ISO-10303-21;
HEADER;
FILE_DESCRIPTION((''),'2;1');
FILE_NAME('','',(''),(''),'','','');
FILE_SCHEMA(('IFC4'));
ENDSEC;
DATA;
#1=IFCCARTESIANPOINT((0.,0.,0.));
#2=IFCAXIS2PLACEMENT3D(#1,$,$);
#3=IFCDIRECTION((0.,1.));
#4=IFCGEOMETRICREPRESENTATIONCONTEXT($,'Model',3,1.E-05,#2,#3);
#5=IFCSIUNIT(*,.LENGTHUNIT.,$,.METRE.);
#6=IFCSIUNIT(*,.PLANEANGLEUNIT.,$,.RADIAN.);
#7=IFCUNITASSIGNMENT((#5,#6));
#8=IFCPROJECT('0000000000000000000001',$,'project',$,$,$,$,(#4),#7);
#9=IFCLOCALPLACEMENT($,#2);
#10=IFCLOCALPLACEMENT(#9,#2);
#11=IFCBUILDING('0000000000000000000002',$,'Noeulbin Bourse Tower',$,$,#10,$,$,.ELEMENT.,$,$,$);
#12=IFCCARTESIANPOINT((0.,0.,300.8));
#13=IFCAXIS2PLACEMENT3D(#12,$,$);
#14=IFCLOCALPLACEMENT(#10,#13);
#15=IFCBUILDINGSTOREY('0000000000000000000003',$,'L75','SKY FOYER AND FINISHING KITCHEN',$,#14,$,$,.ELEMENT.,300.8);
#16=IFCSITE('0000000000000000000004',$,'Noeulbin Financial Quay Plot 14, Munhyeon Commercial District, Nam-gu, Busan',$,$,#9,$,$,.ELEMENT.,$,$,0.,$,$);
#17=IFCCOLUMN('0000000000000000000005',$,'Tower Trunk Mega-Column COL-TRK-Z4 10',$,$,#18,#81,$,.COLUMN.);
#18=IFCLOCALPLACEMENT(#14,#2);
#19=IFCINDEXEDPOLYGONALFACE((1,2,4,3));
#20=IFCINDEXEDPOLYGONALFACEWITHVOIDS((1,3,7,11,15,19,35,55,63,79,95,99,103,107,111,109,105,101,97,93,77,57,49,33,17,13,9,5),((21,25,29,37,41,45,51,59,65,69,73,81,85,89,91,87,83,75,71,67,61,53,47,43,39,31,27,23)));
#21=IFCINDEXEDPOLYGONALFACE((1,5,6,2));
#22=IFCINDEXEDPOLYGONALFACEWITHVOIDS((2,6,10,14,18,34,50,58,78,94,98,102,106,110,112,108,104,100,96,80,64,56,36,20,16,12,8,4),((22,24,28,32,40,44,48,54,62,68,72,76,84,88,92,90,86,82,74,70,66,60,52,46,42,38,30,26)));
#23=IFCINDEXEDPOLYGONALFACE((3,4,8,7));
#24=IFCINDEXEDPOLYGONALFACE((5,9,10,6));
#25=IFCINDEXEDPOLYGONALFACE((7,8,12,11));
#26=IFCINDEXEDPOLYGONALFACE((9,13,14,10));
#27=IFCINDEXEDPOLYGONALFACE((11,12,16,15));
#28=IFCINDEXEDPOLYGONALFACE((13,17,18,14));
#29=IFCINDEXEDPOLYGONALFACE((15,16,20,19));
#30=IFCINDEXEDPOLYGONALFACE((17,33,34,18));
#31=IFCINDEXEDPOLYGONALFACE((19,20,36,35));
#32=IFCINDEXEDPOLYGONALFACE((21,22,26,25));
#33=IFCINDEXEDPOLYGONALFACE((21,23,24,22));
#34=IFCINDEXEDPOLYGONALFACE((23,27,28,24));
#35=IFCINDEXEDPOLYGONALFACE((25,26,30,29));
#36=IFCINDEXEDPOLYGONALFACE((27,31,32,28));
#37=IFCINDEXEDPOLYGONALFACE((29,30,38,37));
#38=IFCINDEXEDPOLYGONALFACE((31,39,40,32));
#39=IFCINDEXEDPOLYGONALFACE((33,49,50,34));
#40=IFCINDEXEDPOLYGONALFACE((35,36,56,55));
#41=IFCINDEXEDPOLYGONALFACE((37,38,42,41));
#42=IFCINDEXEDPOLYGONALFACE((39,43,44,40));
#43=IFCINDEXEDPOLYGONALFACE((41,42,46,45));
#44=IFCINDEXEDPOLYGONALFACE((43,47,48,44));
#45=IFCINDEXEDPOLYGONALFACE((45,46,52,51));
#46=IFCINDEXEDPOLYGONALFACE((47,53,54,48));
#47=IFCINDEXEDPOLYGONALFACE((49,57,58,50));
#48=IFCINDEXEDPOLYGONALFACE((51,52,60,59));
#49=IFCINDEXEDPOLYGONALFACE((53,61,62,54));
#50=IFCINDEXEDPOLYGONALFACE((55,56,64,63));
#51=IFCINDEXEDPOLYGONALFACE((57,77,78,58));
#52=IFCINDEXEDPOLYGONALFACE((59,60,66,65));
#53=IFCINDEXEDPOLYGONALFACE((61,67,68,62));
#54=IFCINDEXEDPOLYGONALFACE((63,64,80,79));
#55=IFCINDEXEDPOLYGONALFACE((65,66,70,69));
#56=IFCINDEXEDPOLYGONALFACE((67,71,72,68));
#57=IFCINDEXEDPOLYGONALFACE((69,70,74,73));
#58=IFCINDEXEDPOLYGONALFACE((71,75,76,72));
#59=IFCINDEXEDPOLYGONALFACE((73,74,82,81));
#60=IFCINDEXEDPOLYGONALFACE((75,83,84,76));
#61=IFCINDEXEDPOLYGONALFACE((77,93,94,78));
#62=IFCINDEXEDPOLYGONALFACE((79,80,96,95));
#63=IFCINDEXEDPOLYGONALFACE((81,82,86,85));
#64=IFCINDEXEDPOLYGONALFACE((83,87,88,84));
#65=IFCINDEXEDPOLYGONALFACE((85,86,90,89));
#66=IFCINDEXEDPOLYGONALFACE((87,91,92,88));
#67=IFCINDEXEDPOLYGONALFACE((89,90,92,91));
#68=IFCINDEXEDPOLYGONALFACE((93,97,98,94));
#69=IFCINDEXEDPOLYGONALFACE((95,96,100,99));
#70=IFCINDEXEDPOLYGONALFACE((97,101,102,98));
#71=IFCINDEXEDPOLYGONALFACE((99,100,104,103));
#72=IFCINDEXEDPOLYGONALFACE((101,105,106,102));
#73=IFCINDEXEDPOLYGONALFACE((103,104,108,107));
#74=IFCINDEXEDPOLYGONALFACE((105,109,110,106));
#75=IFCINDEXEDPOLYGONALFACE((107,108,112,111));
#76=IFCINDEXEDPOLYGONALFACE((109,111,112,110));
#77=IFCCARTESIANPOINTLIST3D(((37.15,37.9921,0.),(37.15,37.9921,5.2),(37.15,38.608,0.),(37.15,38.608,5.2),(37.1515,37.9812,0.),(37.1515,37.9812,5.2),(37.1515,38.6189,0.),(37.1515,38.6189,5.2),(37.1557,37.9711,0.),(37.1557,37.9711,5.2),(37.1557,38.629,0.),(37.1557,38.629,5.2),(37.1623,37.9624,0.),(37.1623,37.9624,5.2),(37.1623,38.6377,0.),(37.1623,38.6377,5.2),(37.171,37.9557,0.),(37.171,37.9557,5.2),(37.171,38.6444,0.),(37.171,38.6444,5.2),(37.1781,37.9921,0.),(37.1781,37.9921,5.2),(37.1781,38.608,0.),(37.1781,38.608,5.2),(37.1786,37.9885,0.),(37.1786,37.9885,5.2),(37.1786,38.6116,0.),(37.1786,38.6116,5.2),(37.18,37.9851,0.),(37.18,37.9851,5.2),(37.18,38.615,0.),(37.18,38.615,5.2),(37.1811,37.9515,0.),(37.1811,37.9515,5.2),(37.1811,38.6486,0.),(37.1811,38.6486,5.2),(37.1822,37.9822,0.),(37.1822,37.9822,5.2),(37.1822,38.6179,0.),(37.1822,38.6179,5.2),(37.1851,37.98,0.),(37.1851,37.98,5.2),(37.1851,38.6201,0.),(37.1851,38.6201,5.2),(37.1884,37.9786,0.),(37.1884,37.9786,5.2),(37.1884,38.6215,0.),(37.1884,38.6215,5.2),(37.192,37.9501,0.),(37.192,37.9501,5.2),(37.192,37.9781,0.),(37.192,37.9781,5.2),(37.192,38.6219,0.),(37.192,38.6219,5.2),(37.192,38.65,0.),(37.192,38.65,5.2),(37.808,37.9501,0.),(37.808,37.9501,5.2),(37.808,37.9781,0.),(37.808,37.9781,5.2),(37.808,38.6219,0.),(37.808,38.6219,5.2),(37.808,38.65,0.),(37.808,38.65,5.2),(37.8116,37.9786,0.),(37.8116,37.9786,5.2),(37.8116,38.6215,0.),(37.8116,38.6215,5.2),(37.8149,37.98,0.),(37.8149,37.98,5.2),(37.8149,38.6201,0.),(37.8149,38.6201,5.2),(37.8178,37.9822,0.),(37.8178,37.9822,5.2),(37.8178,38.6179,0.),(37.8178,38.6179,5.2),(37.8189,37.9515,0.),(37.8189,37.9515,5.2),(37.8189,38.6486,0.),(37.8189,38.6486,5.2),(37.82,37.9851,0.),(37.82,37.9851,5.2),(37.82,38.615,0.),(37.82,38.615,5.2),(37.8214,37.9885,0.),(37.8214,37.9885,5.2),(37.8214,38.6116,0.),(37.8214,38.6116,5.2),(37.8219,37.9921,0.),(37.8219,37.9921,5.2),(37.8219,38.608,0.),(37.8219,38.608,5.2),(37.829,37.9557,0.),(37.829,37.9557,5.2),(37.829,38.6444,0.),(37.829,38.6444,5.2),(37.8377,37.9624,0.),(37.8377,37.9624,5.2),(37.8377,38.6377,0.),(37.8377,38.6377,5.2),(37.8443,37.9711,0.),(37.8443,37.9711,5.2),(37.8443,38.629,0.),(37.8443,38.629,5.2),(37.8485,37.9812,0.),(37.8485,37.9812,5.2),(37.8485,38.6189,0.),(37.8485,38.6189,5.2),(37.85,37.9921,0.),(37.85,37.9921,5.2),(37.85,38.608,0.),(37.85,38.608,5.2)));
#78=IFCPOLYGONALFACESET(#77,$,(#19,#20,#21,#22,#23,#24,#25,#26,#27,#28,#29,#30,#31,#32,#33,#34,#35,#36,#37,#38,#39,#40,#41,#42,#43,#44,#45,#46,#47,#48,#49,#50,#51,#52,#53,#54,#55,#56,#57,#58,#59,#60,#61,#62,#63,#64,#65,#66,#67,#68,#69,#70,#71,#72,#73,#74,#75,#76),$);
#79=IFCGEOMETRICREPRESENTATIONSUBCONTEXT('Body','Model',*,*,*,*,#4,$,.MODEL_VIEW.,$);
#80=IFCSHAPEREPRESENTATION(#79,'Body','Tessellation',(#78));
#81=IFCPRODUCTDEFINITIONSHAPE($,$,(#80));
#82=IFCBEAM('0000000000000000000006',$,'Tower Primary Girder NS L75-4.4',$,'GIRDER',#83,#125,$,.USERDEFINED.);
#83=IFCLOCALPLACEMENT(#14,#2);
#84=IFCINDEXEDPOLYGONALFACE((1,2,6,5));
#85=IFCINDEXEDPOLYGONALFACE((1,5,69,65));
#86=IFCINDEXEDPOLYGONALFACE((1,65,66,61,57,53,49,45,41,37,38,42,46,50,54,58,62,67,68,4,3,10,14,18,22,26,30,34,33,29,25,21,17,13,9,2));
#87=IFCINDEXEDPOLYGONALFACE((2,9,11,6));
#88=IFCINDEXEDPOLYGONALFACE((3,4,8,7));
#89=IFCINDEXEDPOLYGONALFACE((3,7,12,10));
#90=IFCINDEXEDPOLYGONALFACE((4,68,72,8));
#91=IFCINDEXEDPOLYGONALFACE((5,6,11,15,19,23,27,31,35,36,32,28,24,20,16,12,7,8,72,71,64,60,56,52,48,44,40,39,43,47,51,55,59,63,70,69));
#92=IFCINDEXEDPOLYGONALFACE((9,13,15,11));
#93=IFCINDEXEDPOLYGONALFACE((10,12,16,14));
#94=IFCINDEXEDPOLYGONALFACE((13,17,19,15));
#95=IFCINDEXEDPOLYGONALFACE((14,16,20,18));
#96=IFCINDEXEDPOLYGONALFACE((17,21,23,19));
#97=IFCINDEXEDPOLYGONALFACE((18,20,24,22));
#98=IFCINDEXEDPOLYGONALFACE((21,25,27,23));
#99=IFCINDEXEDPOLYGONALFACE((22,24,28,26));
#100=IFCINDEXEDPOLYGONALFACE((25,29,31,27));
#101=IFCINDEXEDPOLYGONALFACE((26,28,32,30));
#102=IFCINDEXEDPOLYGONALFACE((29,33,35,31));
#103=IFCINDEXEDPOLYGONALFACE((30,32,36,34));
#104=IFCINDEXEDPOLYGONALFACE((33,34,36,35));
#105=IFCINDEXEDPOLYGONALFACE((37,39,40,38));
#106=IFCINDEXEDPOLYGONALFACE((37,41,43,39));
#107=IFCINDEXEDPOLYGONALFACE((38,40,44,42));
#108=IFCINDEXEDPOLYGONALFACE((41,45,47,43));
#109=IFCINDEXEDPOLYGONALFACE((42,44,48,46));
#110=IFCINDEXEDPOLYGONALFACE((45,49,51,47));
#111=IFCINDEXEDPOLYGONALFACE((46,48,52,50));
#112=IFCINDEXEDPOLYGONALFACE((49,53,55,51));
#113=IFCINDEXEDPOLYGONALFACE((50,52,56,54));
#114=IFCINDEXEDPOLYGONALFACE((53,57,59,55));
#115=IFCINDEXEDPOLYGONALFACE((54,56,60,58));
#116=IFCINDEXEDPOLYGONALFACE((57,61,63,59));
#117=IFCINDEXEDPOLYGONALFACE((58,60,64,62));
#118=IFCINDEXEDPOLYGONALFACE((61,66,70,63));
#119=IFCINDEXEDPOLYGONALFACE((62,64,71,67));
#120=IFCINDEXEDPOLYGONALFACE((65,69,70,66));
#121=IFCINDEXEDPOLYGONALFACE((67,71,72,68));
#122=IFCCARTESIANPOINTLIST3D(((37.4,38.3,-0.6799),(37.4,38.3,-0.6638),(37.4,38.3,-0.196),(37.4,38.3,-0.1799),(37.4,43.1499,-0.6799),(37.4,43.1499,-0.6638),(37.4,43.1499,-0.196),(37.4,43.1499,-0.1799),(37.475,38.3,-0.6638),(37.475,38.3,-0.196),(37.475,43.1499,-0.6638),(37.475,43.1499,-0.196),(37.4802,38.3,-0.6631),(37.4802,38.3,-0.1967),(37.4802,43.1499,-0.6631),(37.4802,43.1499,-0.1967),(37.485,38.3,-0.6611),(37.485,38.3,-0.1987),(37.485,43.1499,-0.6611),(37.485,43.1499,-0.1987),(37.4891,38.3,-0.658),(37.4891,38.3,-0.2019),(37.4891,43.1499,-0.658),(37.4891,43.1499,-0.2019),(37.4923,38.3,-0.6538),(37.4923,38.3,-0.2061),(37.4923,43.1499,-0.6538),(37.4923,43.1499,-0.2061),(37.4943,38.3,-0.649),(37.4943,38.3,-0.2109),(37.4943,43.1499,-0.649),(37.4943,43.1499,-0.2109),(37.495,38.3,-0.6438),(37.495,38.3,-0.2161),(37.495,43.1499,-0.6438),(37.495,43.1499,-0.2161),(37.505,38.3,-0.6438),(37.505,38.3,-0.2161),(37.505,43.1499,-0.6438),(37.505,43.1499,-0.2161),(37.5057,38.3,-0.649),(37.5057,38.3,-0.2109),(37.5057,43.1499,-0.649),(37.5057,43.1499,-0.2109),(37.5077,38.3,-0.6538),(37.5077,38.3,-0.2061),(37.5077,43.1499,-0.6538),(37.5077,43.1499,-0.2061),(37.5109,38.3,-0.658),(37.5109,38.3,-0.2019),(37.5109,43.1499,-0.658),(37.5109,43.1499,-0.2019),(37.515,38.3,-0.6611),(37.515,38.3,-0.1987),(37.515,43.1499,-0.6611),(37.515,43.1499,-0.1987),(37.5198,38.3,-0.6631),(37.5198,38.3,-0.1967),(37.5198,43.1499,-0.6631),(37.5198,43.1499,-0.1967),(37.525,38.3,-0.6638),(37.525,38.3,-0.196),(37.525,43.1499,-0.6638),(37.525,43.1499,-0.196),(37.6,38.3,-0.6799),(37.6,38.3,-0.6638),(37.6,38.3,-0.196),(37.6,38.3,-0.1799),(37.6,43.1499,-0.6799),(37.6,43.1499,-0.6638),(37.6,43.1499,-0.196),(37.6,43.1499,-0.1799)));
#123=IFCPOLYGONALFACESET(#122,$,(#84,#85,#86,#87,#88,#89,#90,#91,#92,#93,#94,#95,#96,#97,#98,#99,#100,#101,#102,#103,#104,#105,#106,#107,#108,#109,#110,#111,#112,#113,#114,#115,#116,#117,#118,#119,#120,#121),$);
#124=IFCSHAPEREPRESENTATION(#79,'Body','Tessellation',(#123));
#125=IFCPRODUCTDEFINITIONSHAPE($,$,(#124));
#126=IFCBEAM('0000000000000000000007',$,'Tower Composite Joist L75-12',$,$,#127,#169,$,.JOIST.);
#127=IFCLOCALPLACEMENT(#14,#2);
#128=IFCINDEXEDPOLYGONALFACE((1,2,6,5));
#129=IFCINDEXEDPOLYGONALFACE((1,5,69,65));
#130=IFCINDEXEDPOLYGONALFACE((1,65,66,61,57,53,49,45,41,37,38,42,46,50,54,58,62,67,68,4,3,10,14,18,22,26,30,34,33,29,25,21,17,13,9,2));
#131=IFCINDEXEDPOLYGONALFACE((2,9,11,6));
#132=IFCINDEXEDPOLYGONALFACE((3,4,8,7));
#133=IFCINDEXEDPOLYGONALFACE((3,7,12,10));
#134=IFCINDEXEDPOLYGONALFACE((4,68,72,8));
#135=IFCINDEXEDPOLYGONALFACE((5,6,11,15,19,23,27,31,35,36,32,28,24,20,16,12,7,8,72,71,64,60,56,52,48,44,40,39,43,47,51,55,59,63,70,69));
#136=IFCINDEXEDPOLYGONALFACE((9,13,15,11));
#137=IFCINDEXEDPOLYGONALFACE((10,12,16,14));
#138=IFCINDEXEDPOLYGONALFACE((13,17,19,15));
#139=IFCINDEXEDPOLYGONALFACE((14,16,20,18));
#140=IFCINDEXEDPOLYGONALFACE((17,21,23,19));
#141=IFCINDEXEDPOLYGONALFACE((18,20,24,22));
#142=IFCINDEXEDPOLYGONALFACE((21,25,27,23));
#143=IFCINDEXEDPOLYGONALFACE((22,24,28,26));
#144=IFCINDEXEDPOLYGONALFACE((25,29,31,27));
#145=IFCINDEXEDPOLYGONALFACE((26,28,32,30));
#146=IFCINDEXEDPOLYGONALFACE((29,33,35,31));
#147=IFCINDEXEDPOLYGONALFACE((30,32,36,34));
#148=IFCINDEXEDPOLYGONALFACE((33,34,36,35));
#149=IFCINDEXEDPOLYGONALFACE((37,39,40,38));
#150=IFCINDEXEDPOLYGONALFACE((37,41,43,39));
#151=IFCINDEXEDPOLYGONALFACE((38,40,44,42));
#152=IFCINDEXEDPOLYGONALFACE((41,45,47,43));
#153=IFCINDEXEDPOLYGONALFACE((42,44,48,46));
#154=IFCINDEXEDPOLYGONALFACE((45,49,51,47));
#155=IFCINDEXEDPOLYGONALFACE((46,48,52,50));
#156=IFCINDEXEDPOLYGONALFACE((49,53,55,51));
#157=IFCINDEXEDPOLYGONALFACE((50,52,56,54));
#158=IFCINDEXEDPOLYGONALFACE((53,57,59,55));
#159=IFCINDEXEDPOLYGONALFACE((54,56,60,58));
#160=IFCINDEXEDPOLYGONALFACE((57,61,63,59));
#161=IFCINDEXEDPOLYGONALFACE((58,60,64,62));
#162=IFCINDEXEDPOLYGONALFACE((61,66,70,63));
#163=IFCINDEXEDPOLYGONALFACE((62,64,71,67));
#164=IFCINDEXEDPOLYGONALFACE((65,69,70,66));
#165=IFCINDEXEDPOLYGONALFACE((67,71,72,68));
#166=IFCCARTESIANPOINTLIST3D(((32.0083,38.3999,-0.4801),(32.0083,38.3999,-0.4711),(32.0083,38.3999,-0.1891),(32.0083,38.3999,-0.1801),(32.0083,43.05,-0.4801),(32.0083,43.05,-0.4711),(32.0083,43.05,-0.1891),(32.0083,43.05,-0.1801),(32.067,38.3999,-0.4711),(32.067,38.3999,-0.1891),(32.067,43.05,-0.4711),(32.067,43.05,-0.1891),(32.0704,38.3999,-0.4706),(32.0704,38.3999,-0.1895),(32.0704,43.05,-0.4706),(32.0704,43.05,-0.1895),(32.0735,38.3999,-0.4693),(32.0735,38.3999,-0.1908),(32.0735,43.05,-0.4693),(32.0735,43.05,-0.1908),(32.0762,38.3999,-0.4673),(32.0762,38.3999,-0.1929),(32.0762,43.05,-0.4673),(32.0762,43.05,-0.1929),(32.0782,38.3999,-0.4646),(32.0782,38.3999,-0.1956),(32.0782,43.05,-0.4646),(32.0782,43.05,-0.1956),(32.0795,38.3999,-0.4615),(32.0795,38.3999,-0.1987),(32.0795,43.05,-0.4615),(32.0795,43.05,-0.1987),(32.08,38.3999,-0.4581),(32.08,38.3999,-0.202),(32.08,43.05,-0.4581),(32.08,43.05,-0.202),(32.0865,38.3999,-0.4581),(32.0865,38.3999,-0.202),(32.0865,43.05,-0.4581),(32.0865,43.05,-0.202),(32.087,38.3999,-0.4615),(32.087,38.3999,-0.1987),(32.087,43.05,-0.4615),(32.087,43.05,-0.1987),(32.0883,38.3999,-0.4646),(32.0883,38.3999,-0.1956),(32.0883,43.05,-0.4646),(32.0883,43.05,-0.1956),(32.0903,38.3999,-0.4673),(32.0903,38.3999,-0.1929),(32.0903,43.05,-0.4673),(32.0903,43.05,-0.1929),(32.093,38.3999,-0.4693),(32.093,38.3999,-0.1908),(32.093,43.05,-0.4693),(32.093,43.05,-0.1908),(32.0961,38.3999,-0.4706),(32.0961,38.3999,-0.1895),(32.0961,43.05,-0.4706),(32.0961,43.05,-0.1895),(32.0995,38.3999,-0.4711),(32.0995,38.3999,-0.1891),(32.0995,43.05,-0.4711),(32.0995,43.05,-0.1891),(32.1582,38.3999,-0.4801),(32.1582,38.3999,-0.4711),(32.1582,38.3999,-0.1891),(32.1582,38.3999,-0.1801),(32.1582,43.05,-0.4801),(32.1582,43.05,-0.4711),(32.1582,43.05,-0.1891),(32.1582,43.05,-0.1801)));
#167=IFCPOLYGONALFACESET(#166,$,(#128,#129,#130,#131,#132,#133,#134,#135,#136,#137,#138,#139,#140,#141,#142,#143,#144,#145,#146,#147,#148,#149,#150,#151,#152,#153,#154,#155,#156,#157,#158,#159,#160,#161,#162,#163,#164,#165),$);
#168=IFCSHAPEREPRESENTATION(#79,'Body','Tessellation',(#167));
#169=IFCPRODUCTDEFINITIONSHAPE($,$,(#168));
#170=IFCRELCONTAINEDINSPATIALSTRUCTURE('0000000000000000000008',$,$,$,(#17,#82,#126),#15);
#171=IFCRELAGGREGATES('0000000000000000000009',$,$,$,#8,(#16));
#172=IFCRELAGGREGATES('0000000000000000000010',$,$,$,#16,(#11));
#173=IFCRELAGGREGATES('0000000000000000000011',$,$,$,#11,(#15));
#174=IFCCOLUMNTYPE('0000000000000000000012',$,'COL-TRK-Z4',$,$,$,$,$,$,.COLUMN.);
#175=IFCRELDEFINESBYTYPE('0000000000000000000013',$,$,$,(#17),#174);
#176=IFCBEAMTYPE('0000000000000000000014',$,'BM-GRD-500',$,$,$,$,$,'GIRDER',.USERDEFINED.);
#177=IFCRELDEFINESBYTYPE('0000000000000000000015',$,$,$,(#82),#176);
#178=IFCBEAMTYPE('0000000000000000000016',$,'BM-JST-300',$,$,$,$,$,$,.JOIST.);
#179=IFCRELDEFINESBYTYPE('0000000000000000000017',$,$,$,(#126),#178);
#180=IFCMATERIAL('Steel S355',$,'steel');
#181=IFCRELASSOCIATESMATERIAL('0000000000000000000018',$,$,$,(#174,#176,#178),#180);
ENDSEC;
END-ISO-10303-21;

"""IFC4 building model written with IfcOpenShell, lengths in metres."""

from ifc_helpers import new_model, si_unit, direction, frame, origin, origin_2d, place, context, subcontext, project, spatial, hollow_rectangle, i_section, extrude, material, material_profile, profile_set, type_object, element, save


model = new_model("IFC4")

# Units and contexts
model_context = context("Model", 3, precision=1e-05, world=origin(), true_north=direction((0.0, 1.0)))
body_context = subcontext(model_context, "Body", "Model", "MODEL_VIEW")
ifc_project = project(units=[si_unit("LENGTHUNIT", "METRE"), si_unit("PLANEANGLEUNIT", "RADIAN")], contexts=[model_context])

# Site, building, storey
site_placement = place(None, origin())
site = spatial("IfcSite", under=ifc_project, at=site_placement, Name="Noeulbin Financial Quay Plot 14, Munhyeon Commercial District, Nam-gu, Busan", CompositionType="ELEMENT", RefElevation=0.0)
building_placement = place(site_placement, origin())
building = spatial("IfcBuilding", under=site, at=building_placement, Name="Noeulbin Bourse Tower", CompositionType="ELEMENT")
storey_placement = place(building_placement, frame((0.0, 0.0, 300.8)))
storey = spatial("IfcBuildingStorey", under=building, at=storey_placement, Name="L75", Description="SKY FOYER AND FINISHING KITCHEN", CompositionType="ELEMENT", Elevation=300.8)

# Column
ifc_material_1 = material(Name="Steel S355", Category="steel")
ifc_material_profile_1 = material_profile(ifc_material_1, hollow_rectangle(XDim=0.7, YDim=0.7, WallThickness=0.0281, InnerFilletRadius=0.0139, OuterFilletRadius=0.042, at=origin_2d()), Name="BOX-700x700x28", Category="LoadBearing")
ifc_profile_set_1 = profile_set([ifc_material_profile_1], Name="Steel S355")
column_type = type_object("IfcColumnType", Name="COL-TRK-Z4", PredefinedType="COLUMN", material=ifc_profile_set_1)
column_placement = place(storey_placement, frame((37.5, 38.3, 0.0), z_axis=(0.0, 0.0, 1.0), x_axis=(1.0, 0.0, 0.0)))
element("IfcColumn", 1, at=column_placement, inside=storey, type_object=column_type, Name="Tower Trunk Mega-Column COL-TRK-Z4 10", PredefinedType="COLUMN", context=body_context, shape_type="SweptSolid", body=[
    extrude(hollow_rectangle(XDim=0.7, YDim=0.7, WallThickness=0.0281, InnerFilletRadius=0.0139, OuterFilletRadius=0.042, at=origin_2d()), origin(), (0.0, 0.0, 1.0), 5.2),
])

# Beams
ifc_material_profile_2 = material_profile(ifc_material_1, i_section(OverallWidth=0.2, OverallDepth=0.5, WebThickness=0.01, FlangeThickness=0.0161, FilletRadius=0.02, at=origin_2d()), Name="H-500x200x10x16", Category="LoadBearing")
ifc_profile_set_2 = profile_set([ifc_material_profile_2], Name="Steel S355")
beam_type_1 = type_object("IfcBeamType", Name="BM-GRD-500", ElementType="GIRDER", PredefinedType="USERDEFINED", material=ifc_profile_set_2)
beam_1_placement = place(storey_placement, frame((37.5, 38.3, -0.4299), z_axis=(0.0, 1.0, 0.0), x_axis=(-1.0, 0.0, 0.0)))
element("IfcBeam", 2, at=beam_1_placement, inside=storey, type_object=beam_type_1, Name="Tower Primary Girder NS L75-4.4", ObjectType="GIRDER", PredefinedType="USERDEFINED", context=body_context, shape_type="SweptSolid", body=[
    extrude(i_section(OverallWidth=0.2, OverallDepth=0.5, WebThickness=0.01, FlangeThickness=0.0161, FilletRadius=0.02, at=origin_2d()), origin(), (0.0, 0.0, 1.0), 4.8499),
])
ifc_material_profile_3 = material_profile(ifc_material_1, i_section(OverallWidth=0.1499, OverallDepth=0.3, WebThickness=0.0066, FlangeThickness=0.009, FilletRadius=0.0129, at=origin_2d()), Name="H-300x150x6.5x9", Category="LoadBearing")
ifc_profile_set_3 = profile_set([ifc_material_profile_3], Name="Steel S355")
beam_type_2 = type_object("IfcBeamType", Name="BM-JST-300", PredefinedType="JOIST", material=ifc_profile_set_3)
for number, where, z_axis, x_axis, name in (
    (3, (32.0833, 38.3999, -0.3301), (0.0, 1.0, 0.0), (-1.0, 0.0, 0.0), "Tower Composite Joist L75-12"),
):
    element("IfcBeam", number, at=place(storey_placement, frame(where, z_axis=z_axis, x_axis=x_axis)), inside=storey, type_object=beam_type_2, Name=name, PredefinedType="JOIST", context=body_context, shape_type="SweptSolid", body=[
        extrude(i_section(OverallWidth=0.1499, OverallDepth=0.3, WebThickness=0.0066, FlangeThickness=0.009, FilletRadius=0.0129, at=origin_2d()), origin(), (0.0, 0.0, 1.0), 4.6501),
    ])

save(model, "model.ifc")
